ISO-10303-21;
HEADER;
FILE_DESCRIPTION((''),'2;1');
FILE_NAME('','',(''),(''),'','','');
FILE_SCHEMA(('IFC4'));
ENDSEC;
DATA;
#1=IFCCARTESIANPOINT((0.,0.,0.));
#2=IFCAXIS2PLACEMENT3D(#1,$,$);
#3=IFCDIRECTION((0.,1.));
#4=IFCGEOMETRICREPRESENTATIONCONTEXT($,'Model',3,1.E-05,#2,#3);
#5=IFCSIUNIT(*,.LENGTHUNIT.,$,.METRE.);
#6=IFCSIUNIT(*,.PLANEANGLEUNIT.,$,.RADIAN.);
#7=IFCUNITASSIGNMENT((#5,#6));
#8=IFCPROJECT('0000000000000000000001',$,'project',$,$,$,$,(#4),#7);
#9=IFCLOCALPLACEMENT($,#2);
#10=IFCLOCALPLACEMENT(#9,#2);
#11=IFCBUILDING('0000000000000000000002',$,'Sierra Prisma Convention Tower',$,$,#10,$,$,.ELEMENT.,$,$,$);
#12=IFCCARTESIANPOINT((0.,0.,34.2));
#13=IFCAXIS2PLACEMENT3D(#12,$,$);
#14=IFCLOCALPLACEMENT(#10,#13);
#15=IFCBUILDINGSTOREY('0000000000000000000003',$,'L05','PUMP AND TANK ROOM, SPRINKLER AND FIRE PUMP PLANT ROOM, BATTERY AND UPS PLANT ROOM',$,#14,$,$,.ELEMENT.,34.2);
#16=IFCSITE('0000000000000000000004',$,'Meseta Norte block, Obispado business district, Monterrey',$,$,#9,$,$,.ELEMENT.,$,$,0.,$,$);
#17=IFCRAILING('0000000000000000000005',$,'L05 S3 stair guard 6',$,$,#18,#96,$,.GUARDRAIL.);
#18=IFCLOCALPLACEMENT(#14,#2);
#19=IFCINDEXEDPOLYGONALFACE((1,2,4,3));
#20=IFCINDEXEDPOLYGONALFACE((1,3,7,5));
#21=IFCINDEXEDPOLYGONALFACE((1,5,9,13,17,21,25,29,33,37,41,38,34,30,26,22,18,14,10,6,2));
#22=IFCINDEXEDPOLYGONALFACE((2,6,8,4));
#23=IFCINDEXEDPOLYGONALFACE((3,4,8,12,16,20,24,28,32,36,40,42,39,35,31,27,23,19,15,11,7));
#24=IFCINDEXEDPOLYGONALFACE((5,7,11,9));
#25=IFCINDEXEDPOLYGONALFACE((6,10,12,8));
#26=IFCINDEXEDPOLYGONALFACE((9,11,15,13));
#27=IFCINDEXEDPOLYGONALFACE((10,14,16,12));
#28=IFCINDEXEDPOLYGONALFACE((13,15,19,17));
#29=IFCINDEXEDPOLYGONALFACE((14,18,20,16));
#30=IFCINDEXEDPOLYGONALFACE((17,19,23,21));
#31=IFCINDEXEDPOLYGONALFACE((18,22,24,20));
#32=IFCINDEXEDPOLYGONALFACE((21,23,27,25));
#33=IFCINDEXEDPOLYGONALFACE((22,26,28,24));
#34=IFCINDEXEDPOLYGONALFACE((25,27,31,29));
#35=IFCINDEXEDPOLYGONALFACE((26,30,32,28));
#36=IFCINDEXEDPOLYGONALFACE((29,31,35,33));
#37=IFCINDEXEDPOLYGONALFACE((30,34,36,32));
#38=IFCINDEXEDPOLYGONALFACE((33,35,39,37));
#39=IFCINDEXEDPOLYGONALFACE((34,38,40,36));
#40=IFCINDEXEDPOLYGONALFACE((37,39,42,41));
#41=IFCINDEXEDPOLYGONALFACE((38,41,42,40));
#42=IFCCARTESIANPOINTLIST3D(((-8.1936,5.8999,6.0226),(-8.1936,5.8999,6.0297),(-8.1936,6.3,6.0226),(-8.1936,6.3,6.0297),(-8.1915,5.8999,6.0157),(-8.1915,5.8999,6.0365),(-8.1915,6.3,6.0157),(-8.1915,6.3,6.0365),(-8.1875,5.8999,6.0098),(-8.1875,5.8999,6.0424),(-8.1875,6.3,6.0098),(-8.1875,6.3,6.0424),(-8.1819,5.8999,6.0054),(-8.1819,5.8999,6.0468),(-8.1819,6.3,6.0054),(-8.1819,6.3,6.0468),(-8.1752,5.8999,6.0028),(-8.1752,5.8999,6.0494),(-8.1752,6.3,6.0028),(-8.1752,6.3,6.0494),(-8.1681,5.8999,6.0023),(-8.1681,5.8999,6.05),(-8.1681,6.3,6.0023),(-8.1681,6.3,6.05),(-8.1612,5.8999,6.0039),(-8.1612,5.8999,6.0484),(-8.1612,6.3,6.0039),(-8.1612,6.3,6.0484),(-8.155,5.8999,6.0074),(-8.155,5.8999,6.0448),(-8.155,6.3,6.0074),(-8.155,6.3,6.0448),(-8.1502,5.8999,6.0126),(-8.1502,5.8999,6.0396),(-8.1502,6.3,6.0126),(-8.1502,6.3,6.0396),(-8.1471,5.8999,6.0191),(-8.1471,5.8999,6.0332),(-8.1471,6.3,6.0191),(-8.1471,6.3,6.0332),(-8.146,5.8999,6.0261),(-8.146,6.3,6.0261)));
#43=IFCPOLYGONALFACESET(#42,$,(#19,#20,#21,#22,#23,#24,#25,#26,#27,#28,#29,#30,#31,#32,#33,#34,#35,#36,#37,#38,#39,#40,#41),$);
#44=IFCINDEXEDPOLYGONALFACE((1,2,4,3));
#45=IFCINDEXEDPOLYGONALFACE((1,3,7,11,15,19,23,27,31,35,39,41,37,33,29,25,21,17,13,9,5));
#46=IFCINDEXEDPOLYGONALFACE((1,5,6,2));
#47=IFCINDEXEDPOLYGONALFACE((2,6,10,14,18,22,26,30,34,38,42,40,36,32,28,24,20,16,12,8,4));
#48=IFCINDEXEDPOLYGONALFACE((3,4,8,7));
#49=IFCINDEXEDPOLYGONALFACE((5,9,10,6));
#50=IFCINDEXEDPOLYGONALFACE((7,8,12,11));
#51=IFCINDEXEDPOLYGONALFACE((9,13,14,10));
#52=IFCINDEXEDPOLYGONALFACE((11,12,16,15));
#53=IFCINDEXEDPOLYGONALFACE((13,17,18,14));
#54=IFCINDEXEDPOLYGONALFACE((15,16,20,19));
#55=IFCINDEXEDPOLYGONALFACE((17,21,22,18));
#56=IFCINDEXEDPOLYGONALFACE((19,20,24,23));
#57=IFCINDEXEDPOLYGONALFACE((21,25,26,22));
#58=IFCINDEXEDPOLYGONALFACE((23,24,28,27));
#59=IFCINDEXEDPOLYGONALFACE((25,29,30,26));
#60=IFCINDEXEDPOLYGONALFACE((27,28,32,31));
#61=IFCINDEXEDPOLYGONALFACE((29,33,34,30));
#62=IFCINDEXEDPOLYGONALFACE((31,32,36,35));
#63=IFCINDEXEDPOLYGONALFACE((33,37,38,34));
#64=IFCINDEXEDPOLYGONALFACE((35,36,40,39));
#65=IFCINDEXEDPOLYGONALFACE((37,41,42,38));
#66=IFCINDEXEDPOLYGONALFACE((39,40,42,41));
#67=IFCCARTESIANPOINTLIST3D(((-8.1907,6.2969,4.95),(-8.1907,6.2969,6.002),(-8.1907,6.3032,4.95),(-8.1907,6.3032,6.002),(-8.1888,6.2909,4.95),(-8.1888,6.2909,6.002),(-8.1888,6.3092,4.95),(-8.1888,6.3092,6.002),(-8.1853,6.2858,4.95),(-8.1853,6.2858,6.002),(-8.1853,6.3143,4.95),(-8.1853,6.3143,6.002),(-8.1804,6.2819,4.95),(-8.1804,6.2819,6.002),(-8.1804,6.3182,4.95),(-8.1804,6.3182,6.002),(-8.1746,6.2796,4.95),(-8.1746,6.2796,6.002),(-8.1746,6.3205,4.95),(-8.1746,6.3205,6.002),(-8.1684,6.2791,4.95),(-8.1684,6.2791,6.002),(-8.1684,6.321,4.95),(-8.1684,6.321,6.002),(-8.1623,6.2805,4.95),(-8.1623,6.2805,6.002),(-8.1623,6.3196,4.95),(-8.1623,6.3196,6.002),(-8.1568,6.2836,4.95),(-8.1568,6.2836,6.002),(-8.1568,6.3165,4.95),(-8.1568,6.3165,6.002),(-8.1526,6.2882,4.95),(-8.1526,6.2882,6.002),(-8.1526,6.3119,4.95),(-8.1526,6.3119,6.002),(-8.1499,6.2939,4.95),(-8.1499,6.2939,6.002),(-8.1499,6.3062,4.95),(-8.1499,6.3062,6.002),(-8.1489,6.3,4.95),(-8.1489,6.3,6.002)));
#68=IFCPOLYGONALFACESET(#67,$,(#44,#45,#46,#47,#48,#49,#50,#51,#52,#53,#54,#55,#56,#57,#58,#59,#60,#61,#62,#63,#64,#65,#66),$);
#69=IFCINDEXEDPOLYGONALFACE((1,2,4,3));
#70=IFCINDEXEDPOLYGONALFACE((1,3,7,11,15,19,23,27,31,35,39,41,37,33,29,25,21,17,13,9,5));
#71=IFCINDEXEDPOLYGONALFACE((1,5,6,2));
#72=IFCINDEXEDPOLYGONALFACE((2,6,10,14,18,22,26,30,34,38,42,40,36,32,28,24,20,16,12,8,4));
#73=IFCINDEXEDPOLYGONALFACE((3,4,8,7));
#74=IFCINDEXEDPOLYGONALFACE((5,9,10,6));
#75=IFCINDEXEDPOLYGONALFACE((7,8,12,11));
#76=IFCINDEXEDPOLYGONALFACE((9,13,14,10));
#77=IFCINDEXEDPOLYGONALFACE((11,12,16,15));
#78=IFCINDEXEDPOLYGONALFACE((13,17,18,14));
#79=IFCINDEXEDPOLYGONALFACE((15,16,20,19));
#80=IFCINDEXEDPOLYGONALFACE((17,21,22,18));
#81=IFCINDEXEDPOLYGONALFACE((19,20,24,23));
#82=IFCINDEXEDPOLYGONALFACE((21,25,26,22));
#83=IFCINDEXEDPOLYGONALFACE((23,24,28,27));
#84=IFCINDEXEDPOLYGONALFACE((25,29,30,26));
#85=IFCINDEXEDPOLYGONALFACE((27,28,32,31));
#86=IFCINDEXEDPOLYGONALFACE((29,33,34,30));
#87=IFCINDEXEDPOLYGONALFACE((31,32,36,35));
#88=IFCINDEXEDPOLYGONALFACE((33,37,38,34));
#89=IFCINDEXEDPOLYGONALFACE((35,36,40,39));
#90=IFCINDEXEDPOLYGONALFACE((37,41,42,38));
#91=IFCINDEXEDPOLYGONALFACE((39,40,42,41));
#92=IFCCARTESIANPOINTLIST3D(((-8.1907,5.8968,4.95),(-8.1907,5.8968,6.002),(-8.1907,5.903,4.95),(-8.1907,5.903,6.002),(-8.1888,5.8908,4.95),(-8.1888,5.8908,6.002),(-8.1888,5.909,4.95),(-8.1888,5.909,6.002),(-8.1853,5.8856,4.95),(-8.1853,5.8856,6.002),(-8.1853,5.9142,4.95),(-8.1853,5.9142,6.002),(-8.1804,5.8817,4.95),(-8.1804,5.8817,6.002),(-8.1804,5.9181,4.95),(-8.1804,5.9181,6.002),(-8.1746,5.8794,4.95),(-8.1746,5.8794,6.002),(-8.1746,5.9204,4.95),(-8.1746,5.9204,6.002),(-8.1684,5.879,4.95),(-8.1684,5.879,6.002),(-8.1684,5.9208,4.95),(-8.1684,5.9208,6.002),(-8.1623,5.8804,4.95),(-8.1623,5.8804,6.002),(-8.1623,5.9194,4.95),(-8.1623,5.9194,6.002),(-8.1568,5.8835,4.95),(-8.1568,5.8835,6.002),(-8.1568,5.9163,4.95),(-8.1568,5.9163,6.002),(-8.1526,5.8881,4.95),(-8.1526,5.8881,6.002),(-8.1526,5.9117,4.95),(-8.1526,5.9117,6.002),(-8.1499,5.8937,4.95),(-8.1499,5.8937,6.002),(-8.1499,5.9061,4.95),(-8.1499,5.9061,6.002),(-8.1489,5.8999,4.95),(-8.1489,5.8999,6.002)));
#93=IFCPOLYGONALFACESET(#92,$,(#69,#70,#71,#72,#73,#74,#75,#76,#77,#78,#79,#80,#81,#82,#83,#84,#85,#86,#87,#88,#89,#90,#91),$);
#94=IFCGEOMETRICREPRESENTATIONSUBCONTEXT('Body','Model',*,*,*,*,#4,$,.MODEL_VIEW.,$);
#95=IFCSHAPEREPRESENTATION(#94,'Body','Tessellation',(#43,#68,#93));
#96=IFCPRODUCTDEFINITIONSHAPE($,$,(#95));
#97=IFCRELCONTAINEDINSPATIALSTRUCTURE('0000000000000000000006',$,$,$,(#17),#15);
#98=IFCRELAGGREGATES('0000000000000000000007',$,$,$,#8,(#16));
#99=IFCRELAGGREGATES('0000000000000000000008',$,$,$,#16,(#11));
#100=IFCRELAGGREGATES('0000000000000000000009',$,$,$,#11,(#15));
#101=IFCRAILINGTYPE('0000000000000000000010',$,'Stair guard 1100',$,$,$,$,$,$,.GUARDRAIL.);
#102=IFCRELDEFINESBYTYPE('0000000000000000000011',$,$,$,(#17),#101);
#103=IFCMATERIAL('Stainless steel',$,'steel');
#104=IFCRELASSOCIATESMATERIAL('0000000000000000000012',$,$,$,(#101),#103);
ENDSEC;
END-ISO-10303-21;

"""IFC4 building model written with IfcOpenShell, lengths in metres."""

from ifc_helpers import new_model, si_unit, direction, frame, origin, origin_2d, place, context, subcontext, project, spatial, circle, extrude, material, type_object, element, save


model = new_model("IFC4")

# Units and contexts
model_context = context("Model", 3, precision=1e-05, world=origin(), true_north=direction((0.0, 1.0)))
body_context = subcontext(model_context, "Body", "Model", "MODEL_VIEW")
ifc_project = project(units=[si_unit("LENGTHUNIT", "METRE"), si_unit("PLANEANGLEUNIT", "RADIAN")], contexts=[model_context])

# Site, building, storey
site_placement = place(None, origin())
site = spatial("IfcSite", under=ifc_project, at=site_placement, Name="Meseta Norte block, Obispado business district, Monterrey", CompositionType="ELEMENT", RefElevation=0.0)
building_placement = place(site_placement, origin())
building = spatial("IfcBuilding", under=site, at=building_placement, Name="Sierra Prisma Convention Tower", CompositionType="ELEMENT")
storey_placement = place(building_placement, frame((0.0, 0.0, 34.2)))
storey = spatial("IfcBuildingStorey", under=building, at=storey_placement, Name="L05", Description="PUMP AND TANK ROOM, SPRINKLER AND FIRE PUMP PLANT ROOM, BATTERY AND UPS PLANT ROOM", CompositionType="ELEMENT", Elevation=34.2)

# Railing
ifc_material_1 = material(Name="Stainless steel", Category="steel")
railing_type_1 = type_object("IfcRailingType", Name="Stair guard 1100", PredefinedType="GUARDRAIL", material=ifc_material_1)
railing_1_placement = place(storey_placement, frame((-8.1699, 6.3, 4.95)))
element("IfcRailing", 1, at=railing_1_placement, inside=storey, type_object=railing_type_1, Name="L05 S3 stair guard 6", PredefinedType="GUARDRAIL", context=body_context, shape_type="SweptSolid", body=[
    extrude(circle(Radius=0.0239, at=origin_2d()), frame((0.0, 0.0, 1.0762), z_axis=(0.0, -1.0, 0.0), x_axis=(1.0, 0.0, 0.0)), (0.0, 0.0, 1.0), 0.4001),
    extrude(circle(Radius=0.021, at=origin_2d()), origin(), (0.0, 0.0, 1.0), 1.052),
    extrude(circle(Radius=0.021, at=origin_2d()), frame((0.0, -0.4001, 0.0)), (0.0, 0.0, 1.0), 1.052),
])

save(model, "model.ifc")
